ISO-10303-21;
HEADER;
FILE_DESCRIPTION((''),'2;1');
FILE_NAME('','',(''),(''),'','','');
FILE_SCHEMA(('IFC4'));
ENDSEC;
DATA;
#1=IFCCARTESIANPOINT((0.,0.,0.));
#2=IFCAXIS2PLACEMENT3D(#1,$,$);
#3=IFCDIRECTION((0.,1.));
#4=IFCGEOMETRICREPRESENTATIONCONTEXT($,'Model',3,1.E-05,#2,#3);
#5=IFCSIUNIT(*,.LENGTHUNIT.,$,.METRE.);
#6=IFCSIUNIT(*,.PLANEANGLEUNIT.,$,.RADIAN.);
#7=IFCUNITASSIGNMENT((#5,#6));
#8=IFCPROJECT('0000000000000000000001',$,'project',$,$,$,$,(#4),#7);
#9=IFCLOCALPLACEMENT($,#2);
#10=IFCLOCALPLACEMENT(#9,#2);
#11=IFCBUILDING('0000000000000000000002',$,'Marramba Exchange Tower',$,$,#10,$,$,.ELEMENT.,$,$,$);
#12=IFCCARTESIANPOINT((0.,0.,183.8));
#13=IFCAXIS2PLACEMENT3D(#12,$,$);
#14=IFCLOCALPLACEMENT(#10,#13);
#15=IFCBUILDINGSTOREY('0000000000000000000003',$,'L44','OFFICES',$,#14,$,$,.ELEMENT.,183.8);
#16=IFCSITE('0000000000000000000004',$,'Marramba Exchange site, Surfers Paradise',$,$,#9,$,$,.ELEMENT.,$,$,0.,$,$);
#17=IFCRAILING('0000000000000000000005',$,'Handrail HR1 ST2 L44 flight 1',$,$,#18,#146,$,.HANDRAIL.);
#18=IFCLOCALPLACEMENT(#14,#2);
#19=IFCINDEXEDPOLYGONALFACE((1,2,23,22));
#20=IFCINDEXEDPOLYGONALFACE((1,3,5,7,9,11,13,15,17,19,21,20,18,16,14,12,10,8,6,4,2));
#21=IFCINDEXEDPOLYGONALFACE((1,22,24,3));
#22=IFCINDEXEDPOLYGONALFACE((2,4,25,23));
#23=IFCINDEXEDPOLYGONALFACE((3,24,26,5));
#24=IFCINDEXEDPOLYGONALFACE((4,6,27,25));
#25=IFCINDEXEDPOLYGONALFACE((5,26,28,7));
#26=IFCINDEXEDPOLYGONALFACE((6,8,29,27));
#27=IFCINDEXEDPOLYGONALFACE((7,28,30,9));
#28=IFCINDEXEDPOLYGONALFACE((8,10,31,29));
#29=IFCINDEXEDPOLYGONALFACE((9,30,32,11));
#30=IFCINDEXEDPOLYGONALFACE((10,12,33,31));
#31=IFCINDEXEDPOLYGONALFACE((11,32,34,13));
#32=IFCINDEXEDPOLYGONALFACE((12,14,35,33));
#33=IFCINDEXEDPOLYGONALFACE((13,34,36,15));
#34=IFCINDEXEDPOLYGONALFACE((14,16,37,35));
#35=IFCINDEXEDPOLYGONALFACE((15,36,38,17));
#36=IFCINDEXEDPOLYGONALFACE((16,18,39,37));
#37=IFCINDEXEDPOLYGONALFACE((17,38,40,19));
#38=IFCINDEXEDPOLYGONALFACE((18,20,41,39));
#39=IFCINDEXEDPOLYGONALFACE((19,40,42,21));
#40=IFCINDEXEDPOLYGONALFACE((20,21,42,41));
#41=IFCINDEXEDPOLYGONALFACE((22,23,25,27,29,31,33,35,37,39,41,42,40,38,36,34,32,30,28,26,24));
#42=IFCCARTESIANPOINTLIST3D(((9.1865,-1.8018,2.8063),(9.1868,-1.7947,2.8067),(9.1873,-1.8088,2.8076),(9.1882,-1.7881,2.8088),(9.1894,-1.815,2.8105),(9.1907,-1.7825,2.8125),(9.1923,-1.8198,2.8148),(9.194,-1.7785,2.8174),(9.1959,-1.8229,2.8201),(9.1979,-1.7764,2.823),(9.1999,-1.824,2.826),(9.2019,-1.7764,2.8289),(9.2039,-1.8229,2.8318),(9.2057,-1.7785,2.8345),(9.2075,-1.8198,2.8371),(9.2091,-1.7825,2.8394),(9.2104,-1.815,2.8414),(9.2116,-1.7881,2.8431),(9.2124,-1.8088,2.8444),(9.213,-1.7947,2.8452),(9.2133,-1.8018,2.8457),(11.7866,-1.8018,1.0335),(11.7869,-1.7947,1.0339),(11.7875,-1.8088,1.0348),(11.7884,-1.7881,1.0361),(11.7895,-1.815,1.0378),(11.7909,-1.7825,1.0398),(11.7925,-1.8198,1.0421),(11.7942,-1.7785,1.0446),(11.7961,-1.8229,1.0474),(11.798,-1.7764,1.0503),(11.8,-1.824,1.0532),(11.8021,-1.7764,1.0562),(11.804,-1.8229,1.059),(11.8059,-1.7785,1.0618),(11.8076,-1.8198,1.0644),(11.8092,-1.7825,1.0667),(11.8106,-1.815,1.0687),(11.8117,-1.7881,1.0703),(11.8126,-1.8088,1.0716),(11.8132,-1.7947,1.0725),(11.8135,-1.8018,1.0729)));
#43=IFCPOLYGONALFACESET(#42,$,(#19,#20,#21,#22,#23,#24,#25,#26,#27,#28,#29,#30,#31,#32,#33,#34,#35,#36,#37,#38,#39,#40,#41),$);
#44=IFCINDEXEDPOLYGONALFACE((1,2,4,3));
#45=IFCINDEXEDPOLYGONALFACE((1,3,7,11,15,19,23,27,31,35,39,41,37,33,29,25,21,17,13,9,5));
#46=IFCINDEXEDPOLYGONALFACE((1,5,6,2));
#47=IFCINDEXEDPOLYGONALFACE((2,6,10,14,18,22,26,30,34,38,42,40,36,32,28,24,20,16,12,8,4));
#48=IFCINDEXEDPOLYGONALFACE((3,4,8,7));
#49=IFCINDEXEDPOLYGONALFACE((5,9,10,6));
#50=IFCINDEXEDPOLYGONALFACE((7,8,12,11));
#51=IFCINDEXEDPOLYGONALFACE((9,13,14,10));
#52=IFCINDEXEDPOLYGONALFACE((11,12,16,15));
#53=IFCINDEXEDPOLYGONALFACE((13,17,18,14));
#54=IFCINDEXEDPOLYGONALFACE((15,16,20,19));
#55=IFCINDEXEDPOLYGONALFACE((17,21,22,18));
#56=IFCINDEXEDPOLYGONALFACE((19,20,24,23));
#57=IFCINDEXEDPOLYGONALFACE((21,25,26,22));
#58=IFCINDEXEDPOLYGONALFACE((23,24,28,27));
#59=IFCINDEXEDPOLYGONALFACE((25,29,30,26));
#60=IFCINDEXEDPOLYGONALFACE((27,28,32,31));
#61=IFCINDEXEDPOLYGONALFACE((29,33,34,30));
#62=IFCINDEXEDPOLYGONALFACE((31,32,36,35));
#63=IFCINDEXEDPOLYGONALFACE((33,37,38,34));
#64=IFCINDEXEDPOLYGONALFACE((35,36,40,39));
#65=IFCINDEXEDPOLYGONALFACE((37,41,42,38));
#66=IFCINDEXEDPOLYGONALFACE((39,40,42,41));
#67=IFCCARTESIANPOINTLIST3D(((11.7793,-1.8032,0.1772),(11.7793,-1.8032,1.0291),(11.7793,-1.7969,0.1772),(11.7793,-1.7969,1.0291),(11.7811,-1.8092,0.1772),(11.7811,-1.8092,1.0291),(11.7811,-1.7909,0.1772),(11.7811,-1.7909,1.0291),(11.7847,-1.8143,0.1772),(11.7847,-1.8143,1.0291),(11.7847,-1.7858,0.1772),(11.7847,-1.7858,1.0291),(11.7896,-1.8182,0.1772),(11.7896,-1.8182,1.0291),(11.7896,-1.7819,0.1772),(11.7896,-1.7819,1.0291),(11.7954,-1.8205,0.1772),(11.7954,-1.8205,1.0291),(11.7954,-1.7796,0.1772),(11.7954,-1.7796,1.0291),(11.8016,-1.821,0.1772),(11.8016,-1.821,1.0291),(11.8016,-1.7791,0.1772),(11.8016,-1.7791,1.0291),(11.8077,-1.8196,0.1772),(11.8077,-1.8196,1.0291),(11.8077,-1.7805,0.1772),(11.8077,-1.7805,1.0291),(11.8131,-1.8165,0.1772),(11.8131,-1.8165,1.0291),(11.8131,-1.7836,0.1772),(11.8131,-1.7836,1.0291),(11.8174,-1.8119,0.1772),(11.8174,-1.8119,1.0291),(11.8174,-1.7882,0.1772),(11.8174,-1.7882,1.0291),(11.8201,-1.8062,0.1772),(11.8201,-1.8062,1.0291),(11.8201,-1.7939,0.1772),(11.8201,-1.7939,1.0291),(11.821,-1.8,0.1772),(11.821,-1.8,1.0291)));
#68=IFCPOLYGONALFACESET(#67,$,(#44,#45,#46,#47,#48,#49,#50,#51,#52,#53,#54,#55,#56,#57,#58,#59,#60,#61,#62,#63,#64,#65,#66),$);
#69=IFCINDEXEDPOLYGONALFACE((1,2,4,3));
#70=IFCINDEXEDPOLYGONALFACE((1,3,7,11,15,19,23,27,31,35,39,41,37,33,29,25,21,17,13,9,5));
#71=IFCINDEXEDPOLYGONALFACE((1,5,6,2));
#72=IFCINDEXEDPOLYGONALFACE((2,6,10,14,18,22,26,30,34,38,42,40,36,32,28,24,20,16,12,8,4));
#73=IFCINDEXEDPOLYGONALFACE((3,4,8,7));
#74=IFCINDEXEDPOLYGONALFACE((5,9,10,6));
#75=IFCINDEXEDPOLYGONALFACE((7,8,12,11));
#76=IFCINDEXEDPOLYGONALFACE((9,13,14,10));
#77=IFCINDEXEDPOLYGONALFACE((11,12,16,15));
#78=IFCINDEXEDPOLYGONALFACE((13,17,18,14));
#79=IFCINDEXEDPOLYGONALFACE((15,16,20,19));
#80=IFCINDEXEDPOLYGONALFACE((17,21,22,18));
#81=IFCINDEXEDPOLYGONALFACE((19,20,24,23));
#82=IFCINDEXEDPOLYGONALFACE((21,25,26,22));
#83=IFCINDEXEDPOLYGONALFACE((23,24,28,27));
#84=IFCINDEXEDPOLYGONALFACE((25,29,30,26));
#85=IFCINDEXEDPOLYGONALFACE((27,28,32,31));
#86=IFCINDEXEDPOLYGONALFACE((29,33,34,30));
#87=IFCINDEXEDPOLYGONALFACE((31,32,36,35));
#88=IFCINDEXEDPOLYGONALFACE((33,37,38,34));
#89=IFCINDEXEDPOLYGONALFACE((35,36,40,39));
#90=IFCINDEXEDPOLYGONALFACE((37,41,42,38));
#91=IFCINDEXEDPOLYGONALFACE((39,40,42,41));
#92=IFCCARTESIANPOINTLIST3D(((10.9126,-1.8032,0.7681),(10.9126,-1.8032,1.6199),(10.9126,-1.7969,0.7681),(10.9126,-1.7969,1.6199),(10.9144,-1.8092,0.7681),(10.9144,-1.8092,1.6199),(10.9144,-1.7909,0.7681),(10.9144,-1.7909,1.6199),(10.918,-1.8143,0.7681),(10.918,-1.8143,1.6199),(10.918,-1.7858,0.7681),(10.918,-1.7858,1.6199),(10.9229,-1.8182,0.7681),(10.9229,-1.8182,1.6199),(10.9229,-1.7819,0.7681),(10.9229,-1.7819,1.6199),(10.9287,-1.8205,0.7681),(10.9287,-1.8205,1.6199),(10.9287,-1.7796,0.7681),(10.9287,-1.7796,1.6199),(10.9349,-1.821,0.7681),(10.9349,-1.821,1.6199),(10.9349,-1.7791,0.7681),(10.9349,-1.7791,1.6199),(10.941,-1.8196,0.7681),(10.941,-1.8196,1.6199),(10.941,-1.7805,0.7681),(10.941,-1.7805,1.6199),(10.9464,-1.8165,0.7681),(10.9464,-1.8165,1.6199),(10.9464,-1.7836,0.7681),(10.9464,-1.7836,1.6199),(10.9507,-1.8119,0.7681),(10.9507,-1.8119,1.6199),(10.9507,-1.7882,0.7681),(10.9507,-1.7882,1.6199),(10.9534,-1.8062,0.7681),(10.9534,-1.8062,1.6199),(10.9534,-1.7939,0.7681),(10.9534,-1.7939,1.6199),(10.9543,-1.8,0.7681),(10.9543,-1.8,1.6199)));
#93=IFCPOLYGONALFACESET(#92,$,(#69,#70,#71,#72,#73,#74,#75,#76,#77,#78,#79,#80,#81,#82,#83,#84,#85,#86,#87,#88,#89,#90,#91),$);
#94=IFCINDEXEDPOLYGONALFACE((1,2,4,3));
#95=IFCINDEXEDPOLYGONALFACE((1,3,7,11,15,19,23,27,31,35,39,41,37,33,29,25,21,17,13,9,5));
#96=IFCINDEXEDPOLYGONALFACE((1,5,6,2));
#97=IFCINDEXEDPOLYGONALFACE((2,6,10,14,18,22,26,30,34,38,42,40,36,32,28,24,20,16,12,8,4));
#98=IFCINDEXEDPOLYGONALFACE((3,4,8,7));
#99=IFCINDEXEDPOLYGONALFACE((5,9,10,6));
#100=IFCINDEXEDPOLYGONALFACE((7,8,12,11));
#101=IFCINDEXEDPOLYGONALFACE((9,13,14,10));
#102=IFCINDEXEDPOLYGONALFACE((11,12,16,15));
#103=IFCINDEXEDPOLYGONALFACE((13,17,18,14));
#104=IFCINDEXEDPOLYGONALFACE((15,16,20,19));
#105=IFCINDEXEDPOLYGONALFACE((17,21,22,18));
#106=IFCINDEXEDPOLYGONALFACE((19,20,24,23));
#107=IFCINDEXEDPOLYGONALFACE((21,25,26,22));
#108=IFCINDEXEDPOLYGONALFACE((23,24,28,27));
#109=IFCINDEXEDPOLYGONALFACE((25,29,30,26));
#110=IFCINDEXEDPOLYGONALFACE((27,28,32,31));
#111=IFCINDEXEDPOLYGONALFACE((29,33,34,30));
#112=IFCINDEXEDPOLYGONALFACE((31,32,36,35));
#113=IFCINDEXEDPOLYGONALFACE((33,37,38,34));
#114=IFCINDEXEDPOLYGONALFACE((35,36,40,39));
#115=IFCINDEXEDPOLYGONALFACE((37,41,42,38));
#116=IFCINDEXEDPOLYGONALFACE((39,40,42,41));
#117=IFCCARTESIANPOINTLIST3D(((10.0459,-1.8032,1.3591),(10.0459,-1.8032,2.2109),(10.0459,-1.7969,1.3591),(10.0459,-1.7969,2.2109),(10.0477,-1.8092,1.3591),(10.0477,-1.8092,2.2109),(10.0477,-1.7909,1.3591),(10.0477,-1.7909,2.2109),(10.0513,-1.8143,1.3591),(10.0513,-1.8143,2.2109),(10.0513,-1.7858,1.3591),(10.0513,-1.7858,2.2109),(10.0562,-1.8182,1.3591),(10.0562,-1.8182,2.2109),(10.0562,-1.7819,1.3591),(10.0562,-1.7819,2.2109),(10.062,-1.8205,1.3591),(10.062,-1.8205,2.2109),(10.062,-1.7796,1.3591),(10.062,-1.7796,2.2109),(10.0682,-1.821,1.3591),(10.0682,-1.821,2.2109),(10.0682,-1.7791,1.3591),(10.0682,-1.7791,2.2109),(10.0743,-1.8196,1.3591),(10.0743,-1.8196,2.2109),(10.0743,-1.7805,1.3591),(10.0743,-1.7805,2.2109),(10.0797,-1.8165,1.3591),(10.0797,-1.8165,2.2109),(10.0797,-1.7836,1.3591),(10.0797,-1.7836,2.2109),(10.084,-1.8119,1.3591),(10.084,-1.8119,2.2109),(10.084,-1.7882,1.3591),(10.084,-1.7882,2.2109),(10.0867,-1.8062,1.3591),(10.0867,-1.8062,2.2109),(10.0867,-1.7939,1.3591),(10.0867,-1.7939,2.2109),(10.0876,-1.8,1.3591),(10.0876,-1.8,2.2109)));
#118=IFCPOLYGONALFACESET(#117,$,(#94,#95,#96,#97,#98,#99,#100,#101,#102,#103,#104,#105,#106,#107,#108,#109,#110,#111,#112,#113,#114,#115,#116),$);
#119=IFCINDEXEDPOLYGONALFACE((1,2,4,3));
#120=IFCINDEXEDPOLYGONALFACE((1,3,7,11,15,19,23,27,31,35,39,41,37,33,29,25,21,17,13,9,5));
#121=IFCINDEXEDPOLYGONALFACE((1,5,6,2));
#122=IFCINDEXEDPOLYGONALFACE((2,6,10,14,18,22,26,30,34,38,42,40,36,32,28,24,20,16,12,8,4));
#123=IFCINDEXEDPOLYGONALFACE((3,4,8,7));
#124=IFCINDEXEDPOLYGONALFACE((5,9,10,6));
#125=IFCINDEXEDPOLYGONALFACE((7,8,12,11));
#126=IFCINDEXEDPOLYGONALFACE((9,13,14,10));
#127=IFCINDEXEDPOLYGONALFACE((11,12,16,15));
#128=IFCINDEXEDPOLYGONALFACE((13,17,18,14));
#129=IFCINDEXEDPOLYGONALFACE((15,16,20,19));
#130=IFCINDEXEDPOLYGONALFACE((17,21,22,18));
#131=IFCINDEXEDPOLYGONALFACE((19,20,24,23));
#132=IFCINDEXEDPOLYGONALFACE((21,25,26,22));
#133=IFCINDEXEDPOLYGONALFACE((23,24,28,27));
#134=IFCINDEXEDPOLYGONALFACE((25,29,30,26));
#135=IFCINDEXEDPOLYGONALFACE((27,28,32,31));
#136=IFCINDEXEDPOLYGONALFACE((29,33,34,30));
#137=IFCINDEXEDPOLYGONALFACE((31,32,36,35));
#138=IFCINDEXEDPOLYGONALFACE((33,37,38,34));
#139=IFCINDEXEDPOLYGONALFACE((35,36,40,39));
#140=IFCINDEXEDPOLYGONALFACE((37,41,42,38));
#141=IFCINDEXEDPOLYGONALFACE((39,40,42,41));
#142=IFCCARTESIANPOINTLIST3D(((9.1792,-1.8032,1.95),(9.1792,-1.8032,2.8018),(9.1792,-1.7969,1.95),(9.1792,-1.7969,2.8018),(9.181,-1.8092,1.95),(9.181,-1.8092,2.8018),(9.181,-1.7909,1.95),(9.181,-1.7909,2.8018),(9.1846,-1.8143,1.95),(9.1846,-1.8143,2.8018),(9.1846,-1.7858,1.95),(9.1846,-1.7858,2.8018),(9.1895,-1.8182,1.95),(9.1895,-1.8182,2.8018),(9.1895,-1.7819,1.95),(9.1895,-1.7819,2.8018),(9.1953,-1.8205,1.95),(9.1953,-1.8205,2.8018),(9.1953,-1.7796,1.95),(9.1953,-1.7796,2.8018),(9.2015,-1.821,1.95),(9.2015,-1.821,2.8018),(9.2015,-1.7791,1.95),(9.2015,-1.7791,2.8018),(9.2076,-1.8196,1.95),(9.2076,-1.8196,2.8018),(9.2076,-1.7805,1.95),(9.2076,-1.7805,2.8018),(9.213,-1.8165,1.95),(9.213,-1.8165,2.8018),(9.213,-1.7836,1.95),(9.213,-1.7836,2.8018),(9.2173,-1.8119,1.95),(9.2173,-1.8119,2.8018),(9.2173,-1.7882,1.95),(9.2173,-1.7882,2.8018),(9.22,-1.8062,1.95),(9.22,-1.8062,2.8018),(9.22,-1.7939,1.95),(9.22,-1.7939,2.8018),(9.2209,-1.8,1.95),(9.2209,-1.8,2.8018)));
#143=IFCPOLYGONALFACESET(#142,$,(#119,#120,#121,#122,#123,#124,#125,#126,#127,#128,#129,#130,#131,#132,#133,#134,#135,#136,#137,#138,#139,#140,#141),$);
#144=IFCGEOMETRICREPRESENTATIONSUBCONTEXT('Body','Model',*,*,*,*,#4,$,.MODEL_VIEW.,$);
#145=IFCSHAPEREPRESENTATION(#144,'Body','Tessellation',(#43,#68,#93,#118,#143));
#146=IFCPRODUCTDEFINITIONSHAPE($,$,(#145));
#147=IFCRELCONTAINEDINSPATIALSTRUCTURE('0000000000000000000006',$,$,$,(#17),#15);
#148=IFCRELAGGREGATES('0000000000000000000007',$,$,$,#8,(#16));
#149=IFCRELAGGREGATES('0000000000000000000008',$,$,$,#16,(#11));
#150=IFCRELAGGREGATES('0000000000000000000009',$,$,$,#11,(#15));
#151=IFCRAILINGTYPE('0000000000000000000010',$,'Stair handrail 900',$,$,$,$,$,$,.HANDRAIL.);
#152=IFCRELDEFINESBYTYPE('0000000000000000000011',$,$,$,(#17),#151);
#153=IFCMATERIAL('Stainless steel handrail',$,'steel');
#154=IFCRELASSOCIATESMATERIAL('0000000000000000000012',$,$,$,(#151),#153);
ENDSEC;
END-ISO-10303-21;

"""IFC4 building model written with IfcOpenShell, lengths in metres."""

from ifc_helpers import new_model, si_unit, direction, frame, origin, origin_2d, place, context, subcontext, project, spatial, circle, extrude, material, type_object, element, save


model = new_model("IFC4")

# Units and contexts
model_context = context("Model", 3, precision=1e-05, world=origin(), true_north=direction((0.0, 1.0)))
body_context = subcontext(model_context, "Body", "Model", "MODEL_VIEW")
ifc_project = project(units=[si_unit("LENGTHUNIT", "METRE"), si_unit("PLANEANGLEUNIT", "RADIAN")], contexts=[model_context])

# Site, building, storey
site_placement = place(None, origin())
site = spatial("IfcSite", under=ifc_project, at=site_placement, Name="Marramba Exchange site, Surfers Paradise", CompositionType="ELEMENT", RefElevation=0.0)
building_placement = place(site_placement, origin())
building = spatial("IfcBuilding", under=site, at=building_placement, Name="Marramba Exchange Tower", CompositionType="ELEMENT")
storey_placement = place(building_placement, frame((0.0, 0.0, 183.8)))
storey = spatial("IfcBuildingStorey", under=building, at=storey_placement, Name="L44", Description="OFFICES", CompositionType="ELEMENT", Elevation=183.8)

# Railing
ifc_material_1 = material(Name="Stainless steel handrail", Category="steel")
railing_type = type_object("IfcRailingType", Name="Stair handrail 900", PredefinedType="HANDRAIL", material=ifc_material_1)
railing_placement = place(storey_placement, frame((11.8, -1.8, 0.1772)))
element("IfcRailing", 1, at=railing_placement, inside=storey, type_object=railing_type, Name="Handrail HR1 ST2 L44 flight 1", PredefinedType="HANDRAIL", context=body_context, shape_type="SweptSolid", body=[
    extrude(circle(Radius=0.0239, at=origin_2d()), frame((0.0, 0.0, 0.876), z_axis=(-0.82624, 0.0, 0.563318), x_axis=(0.0, -1.0, 0.0)), (0.0, 0.0, 1.0), 3.147),
    extrude(circle(Radius=0.021, at=origin_2d()), origin(), (0.0, 0.0, 1.0), 0.8518),
    extrude(circle(Radius=0.021, at=origin_2d()), frame((-0.8667, 0.0, 0.5908)), (0.0, 0.0, 1.0), 0.8518),
    extrude(circle(Radius=0.021, at=origin_2d()), frame((-1.7334, 0.0, 1.1819)), (0.0, 0.0, 1.0), 0.8518),
    extrude(circle(Radius=0.021, at=origin_2d()), frame((-2.6001, 0.0, 1.7727)), (0.0, 0.0, 1.0), 0.8518),
])

save(model, "model.ifc")
